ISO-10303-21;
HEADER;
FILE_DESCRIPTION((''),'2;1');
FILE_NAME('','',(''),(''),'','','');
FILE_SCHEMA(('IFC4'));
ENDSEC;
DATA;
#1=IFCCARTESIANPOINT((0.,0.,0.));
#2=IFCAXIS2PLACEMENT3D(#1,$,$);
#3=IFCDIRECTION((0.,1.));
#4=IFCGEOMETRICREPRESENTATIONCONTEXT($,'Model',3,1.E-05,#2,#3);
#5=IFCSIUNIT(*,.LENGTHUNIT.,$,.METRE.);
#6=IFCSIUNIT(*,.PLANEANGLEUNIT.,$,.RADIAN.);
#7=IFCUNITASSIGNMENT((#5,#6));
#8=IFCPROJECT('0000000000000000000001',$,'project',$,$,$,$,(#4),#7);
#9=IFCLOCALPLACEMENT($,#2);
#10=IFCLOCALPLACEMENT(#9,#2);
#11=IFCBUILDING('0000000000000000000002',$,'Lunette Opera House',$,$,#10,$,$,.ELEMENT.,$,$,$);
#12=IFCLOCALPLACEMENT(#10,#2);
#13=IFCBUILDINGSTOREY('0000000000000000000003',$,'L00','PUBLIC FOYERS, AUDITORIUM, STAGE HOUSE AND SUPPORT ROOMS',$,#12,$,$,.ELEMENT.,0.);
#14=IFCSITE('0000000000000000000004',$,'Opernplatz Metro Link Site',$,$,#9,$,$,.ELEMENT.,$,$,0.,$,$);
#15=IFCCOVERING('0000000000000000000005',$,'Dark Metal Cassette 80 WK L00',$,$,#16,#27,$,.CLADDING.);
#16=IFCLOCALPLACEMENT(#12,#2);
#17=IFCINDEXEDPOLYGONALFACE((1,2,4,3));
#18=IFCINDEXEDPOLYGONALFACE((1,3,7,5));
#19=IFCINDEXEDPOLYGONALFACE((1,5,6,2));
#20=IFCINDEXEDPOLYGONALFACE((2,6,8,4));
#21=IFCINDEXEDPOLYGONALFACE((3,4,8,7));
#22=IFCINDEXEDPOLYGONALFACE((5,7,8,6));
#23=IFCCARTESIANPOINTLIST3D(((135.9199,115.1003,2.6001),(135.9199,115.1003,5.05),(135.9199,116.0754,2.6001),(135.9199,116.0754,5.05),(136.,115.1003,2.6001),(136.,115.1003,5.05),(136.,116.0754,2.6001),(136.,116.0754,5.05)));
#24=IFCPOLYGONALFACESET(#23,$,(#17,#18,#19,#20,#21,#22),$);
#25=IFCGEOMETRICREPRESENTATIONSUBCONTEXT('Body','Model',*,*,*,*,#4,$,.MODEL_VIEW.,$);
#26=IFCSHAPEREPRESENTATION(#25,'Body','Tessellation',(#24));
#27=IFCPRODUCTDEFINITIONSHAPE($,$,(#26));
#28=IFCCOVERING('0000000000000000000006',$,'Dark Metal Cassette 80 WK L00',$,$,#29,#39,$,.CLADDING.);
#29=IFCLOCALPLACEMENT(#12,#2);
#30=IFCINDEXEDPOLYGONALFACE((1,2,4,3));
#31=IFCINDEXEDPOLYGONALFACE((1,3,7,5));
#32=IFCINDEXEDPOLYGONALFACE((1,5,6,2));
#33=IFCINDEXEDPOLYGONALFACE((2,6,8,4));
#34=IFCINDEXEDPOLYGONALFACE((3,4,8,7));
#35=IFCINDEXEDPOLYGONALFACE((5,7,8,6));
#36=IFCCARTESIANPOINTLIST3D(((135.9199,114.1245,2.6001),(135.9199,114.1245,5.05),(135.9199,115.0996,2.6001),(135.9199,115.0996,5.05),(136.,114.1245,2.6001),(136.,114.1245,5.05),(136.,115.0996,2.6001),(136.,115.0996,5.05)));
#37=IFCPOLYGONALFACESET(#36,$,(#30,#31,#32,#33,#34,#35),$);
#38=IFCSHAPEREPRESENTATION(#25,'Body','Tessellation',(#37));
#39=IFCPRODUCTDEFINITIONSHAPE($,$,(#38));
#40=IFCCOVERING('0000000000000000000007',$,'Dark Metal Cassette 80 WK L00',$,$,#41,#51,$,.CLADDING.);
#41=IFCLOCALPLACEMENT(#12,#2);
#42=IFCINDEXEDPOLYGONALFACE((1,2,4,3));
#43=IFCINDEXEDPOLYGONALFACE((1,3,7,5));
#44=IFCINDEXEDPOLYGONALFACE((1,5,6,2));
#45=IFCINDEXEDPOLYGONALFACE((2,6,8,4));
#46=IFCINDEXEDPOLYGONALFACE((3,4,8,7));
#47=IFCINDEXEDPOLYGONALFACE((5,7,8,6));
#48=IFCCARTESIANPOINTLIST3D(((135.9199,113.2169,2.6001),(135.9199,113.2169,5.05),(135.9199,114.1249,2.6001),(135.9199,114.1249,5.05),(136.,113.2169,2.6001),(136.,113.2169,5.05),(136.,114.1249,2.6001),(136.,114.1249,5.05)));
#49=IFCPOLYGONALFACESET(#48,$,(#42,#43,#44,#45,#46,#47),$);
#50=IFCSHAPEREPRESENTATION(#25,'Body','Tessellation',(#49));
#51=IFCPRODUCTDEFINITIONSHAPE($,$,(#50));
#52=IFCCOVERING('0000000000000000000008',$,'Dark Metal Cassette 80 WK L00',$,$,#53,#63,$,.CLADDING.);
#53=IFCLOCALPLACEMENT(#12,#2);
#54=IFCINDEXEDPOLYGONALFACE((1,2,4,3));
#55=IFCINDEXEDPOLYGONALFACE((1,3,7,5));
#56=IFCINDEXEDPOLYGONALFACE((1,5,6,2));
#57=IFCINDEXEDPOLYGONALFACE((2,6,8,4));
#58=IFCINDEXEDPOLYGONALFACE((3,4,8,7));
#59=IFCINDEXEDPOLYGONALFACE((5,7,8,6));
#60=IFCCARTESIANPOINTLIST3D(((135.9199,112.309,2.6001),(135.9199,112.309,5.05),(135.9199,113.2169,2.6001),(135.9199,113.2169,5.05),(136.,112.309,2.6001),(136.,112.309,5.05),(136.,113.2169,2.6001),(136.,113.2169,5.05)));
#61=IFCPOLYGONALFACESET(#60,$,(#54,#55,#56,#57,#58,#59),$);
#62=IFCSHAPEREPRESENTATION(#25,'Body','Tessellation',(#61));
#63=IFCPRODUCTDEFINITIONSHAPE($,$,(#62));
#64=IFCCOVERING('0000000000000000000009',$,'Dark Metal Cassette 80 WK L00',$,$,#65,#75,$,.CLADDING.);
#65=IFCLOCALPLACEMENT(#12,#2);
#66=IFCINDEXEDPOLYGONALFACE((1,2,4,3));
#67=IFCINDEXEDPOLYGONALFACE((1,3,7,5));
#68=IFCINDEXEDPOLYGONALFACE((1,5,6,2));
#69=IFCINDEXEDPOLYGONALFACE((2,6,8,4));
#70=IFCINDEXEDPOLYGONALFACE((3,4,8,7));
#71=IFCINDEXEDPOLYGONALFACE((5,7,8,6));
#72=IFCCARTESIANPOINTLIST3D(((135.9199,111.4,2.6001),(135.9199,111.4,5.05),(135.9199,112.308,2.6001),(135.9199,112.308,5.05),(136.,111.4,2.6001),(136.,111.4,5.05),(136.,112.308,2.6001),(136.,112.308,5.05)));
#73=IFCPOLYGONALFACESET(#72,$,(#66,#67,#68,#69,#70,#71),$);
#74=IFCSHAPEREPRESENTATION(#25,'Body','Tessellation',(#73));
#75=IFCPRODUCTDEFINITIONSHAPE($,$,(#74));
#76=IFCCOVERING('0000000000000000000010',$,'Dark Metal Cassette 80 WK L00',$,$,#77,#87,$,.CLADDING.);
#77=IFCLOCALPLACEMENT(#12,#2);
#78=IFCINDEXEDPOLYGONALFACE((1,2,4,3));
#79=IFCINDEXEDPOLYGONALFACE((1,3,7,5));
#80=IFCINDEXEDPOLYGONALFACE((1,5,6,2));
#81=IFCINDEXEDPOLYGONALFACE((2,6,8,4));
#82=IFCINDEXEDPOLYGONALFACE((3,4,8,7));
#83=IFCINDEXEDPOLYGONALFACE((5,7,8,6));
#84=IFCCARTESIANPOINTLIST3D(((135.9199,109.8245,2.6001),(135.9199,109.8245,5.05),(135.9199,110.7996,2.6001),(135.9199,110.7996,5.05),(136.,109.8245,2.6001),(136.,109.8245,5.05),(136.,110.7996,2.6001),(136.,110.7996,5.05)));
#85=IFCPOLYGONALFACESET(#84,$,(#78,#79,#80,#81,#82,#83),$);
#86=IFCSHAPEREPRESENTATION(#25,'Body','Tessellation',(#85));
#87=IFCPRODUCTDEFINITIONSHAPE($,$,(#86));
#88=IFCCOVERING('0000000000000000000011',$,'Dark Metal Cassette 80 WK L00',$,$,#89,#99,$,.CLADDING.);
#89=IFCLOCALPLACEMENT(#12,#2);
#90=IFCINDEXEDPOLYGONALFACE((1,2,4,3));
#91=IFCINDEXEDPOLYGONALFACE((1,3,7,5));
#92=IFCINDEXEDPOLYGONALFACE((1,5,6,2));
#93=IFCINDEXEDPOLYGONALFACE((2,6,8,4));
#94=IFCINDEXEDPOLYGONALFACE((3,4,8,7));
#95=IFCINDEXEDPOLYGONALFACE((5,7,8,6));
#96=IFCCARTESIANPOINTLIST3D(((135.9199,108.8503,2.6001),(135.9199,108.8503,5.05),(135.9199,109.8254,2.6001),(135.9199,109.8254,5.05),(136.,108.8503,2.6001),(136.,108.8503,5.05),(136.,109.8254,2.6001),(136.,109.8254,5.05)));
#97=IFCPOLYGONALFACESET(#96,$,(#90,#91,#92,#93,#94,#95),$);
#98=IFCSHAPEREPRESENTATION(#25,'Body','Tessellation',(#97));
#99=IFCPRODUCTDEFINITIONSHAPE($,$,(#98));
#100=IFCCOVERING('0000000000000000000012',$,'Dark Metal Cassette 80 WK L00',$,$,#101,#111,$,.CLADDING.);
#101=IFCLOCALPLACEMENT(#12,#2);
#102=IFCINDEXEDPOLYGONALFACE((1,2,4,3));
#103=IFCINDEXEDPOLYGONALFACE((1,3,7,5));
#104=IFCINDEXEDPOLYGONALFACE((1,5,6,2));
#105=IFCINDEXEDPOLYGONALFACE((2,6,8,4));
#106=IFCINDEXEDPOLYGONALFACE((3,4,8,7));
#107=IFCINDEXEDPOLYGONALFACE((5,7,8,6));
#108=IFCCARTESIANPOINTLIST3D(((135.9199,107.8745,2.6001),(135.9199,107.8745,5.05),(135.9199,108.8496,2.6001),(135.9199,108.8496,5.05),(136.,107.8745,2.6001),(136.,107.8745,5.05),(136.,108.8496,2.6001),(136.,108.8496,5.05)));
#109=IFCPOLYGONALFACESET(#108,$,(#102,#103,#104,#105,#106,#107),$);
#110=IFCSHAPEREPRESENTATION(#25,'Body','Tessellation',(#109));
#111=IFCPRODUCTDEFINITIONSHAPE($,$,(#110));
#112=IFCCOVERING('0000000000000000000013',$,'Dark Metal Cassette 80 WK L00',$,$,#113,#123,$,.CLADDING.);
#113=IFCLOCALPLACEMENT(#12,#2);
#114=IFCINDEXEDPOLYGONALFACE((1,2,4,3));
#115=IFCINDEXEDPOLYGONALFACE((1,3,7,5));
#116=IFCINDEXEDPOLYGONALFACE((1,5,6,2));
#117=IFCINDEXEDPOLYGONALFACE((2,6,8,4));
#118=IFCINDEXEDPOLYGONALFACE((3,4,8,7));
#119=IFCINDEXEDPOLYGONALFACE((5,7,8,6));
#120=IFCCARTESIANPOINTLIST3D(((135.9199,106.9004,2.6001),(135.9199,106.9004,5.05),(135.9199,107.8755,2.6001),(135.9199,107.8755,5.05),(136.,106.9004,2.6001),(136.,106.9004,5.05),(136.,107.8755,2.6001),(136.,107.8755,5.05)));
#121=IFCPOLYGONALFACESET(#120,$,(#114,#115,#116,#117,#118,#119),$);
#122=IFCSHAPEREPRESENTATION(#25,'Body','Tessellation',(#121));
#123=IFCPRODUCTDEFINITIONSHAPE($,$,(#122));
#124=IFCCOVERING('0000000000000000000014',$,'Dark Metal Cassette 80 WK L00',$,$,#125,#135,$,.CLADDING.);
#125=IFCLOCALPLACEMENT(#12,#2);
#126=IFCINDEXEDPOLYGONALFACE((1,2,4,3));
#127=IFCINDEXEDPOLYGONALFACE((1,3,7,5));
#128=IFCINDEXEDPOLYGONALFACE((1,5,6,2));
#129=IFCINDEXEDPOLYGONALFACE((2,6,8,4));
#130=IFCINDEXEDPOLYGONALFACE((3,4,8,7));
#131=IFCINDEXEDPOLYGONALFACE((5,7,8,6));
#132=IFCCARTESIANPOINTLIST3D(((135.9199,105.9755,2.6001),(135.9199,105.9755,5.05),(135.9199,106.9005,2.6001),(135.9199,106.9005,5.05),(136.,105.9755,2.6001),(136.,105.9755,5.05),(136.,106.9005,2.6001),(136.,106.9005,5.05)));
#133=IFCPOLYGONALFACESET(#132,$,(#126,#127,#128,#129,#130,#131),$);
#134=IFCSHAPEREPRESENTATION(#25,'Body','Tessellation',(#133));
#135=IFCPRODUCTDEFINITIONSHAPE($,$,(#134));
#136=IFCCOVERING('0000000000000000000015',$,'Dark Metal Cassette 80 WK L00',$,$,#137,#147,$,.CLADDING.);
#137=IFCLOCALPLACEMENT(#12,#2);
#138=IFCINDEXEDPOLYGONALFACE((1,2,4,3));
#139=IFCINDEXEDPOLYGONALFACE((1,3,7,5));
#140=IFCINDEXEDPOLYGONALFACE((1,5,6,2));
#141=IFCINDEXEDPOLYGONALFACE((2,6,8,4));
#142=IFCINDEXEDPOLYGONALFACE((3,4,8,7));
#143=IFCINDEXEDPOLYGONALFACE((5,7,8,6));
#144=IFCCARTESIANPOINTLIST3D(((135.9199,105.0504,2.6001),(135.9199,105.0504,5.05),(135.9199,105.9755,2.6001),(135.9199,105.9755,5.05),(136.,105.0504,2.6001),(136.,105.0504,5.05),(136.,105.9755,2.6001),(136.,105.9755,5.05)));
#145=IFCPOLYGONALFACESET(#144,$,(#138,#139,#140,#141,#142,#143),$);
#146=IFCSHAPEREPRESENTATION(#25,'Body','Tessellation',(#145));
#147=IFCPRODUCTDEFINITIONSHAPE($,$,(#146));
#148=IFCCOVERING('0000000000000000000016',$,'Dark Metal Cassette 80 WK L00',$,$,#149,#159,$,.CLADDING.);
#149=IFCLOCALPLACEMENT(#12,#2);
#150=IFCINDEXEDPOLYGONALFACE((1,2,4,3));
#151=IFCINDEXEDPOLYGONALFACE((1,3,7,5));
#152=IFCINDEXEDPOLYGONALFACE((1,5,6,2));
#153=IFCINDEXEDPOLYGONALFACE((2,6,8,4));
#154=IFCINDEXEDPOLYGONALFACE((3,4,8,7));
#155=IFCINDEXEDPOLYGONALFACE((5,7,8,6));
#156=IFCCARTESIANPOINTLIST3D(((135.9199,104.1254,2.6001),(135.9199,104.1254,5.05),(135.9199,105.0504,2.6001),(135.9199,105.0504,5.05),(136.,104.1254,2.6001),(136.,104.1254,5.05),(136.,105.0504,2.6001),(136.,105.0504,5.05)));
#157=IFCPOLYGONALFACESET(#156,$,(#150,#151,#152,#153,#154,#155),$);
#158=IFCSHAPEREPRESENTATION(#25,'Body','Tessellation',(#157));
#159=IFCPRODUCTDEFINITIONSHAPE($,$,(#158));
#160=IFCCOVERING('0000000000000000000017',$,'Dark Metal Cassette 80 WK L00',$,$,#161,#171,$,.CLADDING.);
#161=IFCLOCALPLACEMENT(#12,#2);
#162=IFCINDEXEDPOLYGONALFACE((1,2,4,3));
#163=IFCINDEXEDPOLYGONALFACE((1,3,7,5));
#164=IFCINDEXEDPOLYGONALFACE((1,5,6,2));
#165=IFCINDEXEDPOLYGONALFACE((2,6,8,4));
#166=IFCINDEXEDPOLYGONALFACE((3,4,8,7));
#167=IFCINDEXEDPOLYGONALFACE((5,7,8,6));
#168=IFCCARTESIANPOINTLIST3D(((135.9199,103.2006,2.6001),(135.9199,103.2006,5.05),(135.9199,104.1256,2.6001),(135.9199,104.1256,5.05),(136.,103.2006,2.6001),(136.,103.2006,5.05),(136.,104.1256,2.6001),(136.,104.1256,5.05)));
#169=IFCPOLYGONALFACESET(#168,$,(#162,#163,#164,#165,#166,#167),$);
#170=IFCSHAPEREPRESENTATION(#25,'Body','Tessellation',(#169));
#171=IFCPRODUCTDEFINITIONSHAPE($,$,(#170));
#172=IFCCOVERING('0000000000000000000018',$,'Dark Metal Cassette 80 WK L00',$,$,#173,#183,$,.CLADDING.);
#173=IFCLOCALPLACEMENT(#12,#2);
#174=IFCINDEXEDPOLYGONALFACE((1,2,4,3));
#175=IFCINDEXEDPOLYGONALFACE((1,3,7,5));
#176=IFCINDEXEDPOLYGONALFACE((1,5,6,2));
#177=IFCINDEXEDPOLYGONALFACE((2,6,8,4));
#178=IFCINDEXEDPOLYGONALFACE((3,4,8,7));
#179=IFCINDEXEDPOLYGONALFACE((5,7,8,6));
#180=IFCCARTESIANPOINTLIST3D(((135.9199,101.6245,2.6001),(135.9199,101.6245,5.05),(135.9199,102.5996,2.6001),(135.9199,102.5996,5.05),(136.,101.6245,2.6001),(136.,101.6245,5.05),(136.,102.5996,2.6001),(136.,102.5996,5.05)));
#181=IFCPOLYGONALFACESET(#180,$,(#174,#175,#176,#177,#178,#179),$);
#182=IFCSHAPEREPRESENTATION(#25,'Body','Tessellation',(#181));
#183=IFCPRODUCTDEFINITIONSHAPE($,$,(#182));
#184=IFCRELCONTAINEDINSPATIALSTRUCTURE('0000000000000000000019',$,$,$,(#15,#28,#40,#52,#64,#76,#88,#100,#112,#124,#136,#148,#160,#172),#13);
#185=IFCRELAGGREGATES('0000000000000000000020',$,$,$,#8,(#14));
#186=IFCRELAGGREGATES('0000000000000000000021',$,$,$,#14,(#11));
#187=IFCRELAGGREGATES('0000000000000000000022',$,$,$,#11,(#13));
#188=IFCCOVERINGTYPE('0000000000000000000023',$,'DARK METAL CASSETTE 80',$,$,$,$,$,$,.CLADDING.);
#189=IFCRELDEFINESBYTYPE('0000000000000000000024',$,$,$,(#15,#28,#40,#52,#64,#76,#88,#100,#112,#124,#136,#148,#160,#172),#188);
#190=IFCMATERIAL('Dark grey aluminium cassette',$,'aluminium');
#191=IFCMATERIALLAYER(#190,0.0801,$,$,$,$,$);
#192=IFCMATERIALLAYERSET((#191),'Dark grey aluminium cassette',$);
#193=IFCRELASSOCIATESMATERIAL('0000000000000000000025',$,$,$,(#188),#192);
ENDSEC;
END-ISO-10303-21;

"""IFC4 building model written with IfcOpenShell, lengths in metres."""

from ifc_helpers import new_model, si_unit, direction, frame, origin, origin_2d, place, context, subcontext, project, spatial, rectangle, extrude, material, layer, layer_set, type_object, element, save


model = new_model("IFC4")

# Units and contexts
model_context = context("Model", 3, precision=1e-05, world=origin(), true_north=direction((0.0, 1.0)))
body_context = subcontext(model_context, "Body", "Model", "MODEL_VIEW")
ifc_project = project(units=[si_unit("LENGTHUNIT", "METRE"), si_unit("PLANEANGLEUNIT", "RADIAN")], contexts=[model_context])

# Site, building, storey
site_placement = place(None, origin())
site = spatial("IfcSite", under=ifc_project, at=site_placement, Name="Opernplatz Metro Link Site", CompositionType="ELEMENT", RefElevation=0.0)
building_placement = place(site_placement, origin())
building = spatial("IfcBuilding", under=site, at=building_placement, Name="Lunette Opera House", CompositionType="ELEMENT")
storey_placement = place(building_placement, origin())
storey = spatial("IfcBuildingStorey", under=building, at=storey_placement, Name="L00", Description="PUBLIC FOYERS, AUDITORIUM, STAGE HOUSE AND SUPPORT ROOMS", CompositionType="ELEMENT", Elevation=0.0)

# Coverings
ifc_material_1 = material(Name="Dark grey aluminium cassette", Category="aluminium")
ifc_layer_1 = layer(ifc_material_1, 0.0801)
ifc_layer_set_1 = layer_set([ifc_layer_1], Name="Dark grey aluminium cassette")
covering_type = type_object("IfcCoveringType", Name="DARK METAL CASSETTE 80", PredefinedType="CLADDING", material=ifc_layer_set_1)
for number, where, z_axis, x_axis, name in (
    (1, (135.96, 115.5879, 2.6001), (0.0, 0.0, 1.0), (0.0, -1.0, 0.0), "Dark Metal Cassette 80 WK L00"),
    (2, (135.96, 114.6121, 2.6001), (0.0, 0.0, 1.0), (0.0, -1.0, 0.0), "Dark Metal Cassette 80 WK L00"),
):
    element("IfcCovering", number, at=place(storey_placement, frame(where, z_axis=z_axis, x_axis=x_axis)), inside=storey, type_object=covering_type, Name=name, PredefinedType="CLADDING", context=body_context, shape_type="SweptSolid", body=[
        extrude(rectangle(XDim=0.9751, YDim=0.0801, at=origin_2d()), origin(), (0.0, 0.0, 1.0), 2.45),
    ])
for number, where, z_axis, x_axis, name in (
    (3, (135.96, 113.6709, 2.6001), (0.0, 0.0, 1.0), (0.0, -1.0, 0.0), "Dark Metal Cassette 80 WK L00"),
    (4, (135.96, 112.7629, 2.6001), (0.0, 0.0, 1.0), (0.0, -1.0, 0.0), "Dark Metal Cassette 80 WK L00"),
    (5, (135.96, 111.854, 2.6001), (0.0, 0.0, 1.0), (0.0, -1.0, 0.0), "Dark Metal Cassette 80 WK L00"),
):
    element("IfcCovering", number, at=place(storey_placement, frame(where, z_axis=z_axis, x_axis=x_axis)), inside=storey, type_object=covering_type, Name=name, PredefinedType="CLADDING", context=body_context, shape_type="SweptSolid", body=[
        extrude(rectangle(XDim=0.908, YDim=0.0801, at=origin_2d()), origin(), (0.0, 0.0, 1.0), 2.45),
    ])
for number, where, z_axis, x_axis, name in (
    (6, (135.96, 110.312, 2.6001), (0.0, 0.0, 1.0), (0.0, -1.0, 0.0), "Dark Metal Cassette 80 WK L00"),
    (7, (135.96, 109.3379, 2.6001), (0.0, 0.0, 1.0), (0.0, -1.0, 0.0), "Dark Metal Cassette 80 WK L00"),
    (8, (135.96, 108.3621, 2.6001), (0.0, 0.0, 1.0), (0.0, -1.0, 0.0), "Dark Metal Cassette 80 WK L00"),
    (9, (135.96, 107.3879, 2.6001), (0.0, 0.0, 1.0), (0.0, -1.0, 0.0), "Dark Metal Cassette 80 WK L00"),
):
    element("IfcCovering", number, at=place(storey_placement, frame(where, z_axis=z_axis, x_axis=x_axis)), inside=storey, type_object=covering_type, Name=name, PredefinedType="CLADDING", context=body_context, shape_type="SweptSolid", body=[
        extrude(rectangle(XDim=0.9751, YDim=0.0801, at=origin_2d()), origin(), (0.0, 0.0, 1.0), 2.45),
    ])
for number, where, z_axis, x_axis, name in (
    (10, (135.96, 106.438, 2.6001), (0.0, 0.0, 1.0), (0.0, -1.0, 0.0), "Dark Metal Cassette 80 WK L00"),
    (11, (135.96, 105.5129, 2.6001), (0.0, 0.0, 1.0), (0.0, -1.0, 0.0), "Dark Metal Cassette 80 WK L00"),
    (12, (135.96, 104.5879, 2.6001), (0.0, 0.0, 1.0), (0.0, -1.0, 0.0), "Dark Metal Cassette 80 WK L00"),
    (13, (135.96, 103.6631, 2.6001), (0.0, 0.0, 1.0), (0.0, -1.0, 0.0), "Dark Metal Cassette 80 WK L00"),
):
    element("IfcCovering", number, at=place(storey_placement, frame(where, z_axis=z_axis, x_axis=x_axis)), inside=storey, type_object=covering_type, Name=name, PredefinedType="CLADDING", context=body_context, shape_type="SweptSolid", body=[
        extrude(rectangle(XDim=0.925, YDim=0.0801, at=origin_2d()), origin(), (0.0, 0.0, 1.0), 2.45),
    ])
covering_placement = place(storey_placement, frame((135.96, 102.1121, 2.6001), z_axis=(0.0, 0.0, 1.0), x_axis=(0.0, -1.0, 0.0)))
element("IfcCovering", 14, at=covering_placement, inside=storey, type_object=covering_type, Name="Dark Metal Cassette 80 WK L00", PredefinedType="CLADDING", context=body_context, shape_type="SweptSolid", body=[
    extrude(rectangle(XDim=0.9751, YDim=0.0801, at=origin_2d()), origin(), (0.0, 0.0, 1.0), 2.45),
])

save(model, "model.ifc")
